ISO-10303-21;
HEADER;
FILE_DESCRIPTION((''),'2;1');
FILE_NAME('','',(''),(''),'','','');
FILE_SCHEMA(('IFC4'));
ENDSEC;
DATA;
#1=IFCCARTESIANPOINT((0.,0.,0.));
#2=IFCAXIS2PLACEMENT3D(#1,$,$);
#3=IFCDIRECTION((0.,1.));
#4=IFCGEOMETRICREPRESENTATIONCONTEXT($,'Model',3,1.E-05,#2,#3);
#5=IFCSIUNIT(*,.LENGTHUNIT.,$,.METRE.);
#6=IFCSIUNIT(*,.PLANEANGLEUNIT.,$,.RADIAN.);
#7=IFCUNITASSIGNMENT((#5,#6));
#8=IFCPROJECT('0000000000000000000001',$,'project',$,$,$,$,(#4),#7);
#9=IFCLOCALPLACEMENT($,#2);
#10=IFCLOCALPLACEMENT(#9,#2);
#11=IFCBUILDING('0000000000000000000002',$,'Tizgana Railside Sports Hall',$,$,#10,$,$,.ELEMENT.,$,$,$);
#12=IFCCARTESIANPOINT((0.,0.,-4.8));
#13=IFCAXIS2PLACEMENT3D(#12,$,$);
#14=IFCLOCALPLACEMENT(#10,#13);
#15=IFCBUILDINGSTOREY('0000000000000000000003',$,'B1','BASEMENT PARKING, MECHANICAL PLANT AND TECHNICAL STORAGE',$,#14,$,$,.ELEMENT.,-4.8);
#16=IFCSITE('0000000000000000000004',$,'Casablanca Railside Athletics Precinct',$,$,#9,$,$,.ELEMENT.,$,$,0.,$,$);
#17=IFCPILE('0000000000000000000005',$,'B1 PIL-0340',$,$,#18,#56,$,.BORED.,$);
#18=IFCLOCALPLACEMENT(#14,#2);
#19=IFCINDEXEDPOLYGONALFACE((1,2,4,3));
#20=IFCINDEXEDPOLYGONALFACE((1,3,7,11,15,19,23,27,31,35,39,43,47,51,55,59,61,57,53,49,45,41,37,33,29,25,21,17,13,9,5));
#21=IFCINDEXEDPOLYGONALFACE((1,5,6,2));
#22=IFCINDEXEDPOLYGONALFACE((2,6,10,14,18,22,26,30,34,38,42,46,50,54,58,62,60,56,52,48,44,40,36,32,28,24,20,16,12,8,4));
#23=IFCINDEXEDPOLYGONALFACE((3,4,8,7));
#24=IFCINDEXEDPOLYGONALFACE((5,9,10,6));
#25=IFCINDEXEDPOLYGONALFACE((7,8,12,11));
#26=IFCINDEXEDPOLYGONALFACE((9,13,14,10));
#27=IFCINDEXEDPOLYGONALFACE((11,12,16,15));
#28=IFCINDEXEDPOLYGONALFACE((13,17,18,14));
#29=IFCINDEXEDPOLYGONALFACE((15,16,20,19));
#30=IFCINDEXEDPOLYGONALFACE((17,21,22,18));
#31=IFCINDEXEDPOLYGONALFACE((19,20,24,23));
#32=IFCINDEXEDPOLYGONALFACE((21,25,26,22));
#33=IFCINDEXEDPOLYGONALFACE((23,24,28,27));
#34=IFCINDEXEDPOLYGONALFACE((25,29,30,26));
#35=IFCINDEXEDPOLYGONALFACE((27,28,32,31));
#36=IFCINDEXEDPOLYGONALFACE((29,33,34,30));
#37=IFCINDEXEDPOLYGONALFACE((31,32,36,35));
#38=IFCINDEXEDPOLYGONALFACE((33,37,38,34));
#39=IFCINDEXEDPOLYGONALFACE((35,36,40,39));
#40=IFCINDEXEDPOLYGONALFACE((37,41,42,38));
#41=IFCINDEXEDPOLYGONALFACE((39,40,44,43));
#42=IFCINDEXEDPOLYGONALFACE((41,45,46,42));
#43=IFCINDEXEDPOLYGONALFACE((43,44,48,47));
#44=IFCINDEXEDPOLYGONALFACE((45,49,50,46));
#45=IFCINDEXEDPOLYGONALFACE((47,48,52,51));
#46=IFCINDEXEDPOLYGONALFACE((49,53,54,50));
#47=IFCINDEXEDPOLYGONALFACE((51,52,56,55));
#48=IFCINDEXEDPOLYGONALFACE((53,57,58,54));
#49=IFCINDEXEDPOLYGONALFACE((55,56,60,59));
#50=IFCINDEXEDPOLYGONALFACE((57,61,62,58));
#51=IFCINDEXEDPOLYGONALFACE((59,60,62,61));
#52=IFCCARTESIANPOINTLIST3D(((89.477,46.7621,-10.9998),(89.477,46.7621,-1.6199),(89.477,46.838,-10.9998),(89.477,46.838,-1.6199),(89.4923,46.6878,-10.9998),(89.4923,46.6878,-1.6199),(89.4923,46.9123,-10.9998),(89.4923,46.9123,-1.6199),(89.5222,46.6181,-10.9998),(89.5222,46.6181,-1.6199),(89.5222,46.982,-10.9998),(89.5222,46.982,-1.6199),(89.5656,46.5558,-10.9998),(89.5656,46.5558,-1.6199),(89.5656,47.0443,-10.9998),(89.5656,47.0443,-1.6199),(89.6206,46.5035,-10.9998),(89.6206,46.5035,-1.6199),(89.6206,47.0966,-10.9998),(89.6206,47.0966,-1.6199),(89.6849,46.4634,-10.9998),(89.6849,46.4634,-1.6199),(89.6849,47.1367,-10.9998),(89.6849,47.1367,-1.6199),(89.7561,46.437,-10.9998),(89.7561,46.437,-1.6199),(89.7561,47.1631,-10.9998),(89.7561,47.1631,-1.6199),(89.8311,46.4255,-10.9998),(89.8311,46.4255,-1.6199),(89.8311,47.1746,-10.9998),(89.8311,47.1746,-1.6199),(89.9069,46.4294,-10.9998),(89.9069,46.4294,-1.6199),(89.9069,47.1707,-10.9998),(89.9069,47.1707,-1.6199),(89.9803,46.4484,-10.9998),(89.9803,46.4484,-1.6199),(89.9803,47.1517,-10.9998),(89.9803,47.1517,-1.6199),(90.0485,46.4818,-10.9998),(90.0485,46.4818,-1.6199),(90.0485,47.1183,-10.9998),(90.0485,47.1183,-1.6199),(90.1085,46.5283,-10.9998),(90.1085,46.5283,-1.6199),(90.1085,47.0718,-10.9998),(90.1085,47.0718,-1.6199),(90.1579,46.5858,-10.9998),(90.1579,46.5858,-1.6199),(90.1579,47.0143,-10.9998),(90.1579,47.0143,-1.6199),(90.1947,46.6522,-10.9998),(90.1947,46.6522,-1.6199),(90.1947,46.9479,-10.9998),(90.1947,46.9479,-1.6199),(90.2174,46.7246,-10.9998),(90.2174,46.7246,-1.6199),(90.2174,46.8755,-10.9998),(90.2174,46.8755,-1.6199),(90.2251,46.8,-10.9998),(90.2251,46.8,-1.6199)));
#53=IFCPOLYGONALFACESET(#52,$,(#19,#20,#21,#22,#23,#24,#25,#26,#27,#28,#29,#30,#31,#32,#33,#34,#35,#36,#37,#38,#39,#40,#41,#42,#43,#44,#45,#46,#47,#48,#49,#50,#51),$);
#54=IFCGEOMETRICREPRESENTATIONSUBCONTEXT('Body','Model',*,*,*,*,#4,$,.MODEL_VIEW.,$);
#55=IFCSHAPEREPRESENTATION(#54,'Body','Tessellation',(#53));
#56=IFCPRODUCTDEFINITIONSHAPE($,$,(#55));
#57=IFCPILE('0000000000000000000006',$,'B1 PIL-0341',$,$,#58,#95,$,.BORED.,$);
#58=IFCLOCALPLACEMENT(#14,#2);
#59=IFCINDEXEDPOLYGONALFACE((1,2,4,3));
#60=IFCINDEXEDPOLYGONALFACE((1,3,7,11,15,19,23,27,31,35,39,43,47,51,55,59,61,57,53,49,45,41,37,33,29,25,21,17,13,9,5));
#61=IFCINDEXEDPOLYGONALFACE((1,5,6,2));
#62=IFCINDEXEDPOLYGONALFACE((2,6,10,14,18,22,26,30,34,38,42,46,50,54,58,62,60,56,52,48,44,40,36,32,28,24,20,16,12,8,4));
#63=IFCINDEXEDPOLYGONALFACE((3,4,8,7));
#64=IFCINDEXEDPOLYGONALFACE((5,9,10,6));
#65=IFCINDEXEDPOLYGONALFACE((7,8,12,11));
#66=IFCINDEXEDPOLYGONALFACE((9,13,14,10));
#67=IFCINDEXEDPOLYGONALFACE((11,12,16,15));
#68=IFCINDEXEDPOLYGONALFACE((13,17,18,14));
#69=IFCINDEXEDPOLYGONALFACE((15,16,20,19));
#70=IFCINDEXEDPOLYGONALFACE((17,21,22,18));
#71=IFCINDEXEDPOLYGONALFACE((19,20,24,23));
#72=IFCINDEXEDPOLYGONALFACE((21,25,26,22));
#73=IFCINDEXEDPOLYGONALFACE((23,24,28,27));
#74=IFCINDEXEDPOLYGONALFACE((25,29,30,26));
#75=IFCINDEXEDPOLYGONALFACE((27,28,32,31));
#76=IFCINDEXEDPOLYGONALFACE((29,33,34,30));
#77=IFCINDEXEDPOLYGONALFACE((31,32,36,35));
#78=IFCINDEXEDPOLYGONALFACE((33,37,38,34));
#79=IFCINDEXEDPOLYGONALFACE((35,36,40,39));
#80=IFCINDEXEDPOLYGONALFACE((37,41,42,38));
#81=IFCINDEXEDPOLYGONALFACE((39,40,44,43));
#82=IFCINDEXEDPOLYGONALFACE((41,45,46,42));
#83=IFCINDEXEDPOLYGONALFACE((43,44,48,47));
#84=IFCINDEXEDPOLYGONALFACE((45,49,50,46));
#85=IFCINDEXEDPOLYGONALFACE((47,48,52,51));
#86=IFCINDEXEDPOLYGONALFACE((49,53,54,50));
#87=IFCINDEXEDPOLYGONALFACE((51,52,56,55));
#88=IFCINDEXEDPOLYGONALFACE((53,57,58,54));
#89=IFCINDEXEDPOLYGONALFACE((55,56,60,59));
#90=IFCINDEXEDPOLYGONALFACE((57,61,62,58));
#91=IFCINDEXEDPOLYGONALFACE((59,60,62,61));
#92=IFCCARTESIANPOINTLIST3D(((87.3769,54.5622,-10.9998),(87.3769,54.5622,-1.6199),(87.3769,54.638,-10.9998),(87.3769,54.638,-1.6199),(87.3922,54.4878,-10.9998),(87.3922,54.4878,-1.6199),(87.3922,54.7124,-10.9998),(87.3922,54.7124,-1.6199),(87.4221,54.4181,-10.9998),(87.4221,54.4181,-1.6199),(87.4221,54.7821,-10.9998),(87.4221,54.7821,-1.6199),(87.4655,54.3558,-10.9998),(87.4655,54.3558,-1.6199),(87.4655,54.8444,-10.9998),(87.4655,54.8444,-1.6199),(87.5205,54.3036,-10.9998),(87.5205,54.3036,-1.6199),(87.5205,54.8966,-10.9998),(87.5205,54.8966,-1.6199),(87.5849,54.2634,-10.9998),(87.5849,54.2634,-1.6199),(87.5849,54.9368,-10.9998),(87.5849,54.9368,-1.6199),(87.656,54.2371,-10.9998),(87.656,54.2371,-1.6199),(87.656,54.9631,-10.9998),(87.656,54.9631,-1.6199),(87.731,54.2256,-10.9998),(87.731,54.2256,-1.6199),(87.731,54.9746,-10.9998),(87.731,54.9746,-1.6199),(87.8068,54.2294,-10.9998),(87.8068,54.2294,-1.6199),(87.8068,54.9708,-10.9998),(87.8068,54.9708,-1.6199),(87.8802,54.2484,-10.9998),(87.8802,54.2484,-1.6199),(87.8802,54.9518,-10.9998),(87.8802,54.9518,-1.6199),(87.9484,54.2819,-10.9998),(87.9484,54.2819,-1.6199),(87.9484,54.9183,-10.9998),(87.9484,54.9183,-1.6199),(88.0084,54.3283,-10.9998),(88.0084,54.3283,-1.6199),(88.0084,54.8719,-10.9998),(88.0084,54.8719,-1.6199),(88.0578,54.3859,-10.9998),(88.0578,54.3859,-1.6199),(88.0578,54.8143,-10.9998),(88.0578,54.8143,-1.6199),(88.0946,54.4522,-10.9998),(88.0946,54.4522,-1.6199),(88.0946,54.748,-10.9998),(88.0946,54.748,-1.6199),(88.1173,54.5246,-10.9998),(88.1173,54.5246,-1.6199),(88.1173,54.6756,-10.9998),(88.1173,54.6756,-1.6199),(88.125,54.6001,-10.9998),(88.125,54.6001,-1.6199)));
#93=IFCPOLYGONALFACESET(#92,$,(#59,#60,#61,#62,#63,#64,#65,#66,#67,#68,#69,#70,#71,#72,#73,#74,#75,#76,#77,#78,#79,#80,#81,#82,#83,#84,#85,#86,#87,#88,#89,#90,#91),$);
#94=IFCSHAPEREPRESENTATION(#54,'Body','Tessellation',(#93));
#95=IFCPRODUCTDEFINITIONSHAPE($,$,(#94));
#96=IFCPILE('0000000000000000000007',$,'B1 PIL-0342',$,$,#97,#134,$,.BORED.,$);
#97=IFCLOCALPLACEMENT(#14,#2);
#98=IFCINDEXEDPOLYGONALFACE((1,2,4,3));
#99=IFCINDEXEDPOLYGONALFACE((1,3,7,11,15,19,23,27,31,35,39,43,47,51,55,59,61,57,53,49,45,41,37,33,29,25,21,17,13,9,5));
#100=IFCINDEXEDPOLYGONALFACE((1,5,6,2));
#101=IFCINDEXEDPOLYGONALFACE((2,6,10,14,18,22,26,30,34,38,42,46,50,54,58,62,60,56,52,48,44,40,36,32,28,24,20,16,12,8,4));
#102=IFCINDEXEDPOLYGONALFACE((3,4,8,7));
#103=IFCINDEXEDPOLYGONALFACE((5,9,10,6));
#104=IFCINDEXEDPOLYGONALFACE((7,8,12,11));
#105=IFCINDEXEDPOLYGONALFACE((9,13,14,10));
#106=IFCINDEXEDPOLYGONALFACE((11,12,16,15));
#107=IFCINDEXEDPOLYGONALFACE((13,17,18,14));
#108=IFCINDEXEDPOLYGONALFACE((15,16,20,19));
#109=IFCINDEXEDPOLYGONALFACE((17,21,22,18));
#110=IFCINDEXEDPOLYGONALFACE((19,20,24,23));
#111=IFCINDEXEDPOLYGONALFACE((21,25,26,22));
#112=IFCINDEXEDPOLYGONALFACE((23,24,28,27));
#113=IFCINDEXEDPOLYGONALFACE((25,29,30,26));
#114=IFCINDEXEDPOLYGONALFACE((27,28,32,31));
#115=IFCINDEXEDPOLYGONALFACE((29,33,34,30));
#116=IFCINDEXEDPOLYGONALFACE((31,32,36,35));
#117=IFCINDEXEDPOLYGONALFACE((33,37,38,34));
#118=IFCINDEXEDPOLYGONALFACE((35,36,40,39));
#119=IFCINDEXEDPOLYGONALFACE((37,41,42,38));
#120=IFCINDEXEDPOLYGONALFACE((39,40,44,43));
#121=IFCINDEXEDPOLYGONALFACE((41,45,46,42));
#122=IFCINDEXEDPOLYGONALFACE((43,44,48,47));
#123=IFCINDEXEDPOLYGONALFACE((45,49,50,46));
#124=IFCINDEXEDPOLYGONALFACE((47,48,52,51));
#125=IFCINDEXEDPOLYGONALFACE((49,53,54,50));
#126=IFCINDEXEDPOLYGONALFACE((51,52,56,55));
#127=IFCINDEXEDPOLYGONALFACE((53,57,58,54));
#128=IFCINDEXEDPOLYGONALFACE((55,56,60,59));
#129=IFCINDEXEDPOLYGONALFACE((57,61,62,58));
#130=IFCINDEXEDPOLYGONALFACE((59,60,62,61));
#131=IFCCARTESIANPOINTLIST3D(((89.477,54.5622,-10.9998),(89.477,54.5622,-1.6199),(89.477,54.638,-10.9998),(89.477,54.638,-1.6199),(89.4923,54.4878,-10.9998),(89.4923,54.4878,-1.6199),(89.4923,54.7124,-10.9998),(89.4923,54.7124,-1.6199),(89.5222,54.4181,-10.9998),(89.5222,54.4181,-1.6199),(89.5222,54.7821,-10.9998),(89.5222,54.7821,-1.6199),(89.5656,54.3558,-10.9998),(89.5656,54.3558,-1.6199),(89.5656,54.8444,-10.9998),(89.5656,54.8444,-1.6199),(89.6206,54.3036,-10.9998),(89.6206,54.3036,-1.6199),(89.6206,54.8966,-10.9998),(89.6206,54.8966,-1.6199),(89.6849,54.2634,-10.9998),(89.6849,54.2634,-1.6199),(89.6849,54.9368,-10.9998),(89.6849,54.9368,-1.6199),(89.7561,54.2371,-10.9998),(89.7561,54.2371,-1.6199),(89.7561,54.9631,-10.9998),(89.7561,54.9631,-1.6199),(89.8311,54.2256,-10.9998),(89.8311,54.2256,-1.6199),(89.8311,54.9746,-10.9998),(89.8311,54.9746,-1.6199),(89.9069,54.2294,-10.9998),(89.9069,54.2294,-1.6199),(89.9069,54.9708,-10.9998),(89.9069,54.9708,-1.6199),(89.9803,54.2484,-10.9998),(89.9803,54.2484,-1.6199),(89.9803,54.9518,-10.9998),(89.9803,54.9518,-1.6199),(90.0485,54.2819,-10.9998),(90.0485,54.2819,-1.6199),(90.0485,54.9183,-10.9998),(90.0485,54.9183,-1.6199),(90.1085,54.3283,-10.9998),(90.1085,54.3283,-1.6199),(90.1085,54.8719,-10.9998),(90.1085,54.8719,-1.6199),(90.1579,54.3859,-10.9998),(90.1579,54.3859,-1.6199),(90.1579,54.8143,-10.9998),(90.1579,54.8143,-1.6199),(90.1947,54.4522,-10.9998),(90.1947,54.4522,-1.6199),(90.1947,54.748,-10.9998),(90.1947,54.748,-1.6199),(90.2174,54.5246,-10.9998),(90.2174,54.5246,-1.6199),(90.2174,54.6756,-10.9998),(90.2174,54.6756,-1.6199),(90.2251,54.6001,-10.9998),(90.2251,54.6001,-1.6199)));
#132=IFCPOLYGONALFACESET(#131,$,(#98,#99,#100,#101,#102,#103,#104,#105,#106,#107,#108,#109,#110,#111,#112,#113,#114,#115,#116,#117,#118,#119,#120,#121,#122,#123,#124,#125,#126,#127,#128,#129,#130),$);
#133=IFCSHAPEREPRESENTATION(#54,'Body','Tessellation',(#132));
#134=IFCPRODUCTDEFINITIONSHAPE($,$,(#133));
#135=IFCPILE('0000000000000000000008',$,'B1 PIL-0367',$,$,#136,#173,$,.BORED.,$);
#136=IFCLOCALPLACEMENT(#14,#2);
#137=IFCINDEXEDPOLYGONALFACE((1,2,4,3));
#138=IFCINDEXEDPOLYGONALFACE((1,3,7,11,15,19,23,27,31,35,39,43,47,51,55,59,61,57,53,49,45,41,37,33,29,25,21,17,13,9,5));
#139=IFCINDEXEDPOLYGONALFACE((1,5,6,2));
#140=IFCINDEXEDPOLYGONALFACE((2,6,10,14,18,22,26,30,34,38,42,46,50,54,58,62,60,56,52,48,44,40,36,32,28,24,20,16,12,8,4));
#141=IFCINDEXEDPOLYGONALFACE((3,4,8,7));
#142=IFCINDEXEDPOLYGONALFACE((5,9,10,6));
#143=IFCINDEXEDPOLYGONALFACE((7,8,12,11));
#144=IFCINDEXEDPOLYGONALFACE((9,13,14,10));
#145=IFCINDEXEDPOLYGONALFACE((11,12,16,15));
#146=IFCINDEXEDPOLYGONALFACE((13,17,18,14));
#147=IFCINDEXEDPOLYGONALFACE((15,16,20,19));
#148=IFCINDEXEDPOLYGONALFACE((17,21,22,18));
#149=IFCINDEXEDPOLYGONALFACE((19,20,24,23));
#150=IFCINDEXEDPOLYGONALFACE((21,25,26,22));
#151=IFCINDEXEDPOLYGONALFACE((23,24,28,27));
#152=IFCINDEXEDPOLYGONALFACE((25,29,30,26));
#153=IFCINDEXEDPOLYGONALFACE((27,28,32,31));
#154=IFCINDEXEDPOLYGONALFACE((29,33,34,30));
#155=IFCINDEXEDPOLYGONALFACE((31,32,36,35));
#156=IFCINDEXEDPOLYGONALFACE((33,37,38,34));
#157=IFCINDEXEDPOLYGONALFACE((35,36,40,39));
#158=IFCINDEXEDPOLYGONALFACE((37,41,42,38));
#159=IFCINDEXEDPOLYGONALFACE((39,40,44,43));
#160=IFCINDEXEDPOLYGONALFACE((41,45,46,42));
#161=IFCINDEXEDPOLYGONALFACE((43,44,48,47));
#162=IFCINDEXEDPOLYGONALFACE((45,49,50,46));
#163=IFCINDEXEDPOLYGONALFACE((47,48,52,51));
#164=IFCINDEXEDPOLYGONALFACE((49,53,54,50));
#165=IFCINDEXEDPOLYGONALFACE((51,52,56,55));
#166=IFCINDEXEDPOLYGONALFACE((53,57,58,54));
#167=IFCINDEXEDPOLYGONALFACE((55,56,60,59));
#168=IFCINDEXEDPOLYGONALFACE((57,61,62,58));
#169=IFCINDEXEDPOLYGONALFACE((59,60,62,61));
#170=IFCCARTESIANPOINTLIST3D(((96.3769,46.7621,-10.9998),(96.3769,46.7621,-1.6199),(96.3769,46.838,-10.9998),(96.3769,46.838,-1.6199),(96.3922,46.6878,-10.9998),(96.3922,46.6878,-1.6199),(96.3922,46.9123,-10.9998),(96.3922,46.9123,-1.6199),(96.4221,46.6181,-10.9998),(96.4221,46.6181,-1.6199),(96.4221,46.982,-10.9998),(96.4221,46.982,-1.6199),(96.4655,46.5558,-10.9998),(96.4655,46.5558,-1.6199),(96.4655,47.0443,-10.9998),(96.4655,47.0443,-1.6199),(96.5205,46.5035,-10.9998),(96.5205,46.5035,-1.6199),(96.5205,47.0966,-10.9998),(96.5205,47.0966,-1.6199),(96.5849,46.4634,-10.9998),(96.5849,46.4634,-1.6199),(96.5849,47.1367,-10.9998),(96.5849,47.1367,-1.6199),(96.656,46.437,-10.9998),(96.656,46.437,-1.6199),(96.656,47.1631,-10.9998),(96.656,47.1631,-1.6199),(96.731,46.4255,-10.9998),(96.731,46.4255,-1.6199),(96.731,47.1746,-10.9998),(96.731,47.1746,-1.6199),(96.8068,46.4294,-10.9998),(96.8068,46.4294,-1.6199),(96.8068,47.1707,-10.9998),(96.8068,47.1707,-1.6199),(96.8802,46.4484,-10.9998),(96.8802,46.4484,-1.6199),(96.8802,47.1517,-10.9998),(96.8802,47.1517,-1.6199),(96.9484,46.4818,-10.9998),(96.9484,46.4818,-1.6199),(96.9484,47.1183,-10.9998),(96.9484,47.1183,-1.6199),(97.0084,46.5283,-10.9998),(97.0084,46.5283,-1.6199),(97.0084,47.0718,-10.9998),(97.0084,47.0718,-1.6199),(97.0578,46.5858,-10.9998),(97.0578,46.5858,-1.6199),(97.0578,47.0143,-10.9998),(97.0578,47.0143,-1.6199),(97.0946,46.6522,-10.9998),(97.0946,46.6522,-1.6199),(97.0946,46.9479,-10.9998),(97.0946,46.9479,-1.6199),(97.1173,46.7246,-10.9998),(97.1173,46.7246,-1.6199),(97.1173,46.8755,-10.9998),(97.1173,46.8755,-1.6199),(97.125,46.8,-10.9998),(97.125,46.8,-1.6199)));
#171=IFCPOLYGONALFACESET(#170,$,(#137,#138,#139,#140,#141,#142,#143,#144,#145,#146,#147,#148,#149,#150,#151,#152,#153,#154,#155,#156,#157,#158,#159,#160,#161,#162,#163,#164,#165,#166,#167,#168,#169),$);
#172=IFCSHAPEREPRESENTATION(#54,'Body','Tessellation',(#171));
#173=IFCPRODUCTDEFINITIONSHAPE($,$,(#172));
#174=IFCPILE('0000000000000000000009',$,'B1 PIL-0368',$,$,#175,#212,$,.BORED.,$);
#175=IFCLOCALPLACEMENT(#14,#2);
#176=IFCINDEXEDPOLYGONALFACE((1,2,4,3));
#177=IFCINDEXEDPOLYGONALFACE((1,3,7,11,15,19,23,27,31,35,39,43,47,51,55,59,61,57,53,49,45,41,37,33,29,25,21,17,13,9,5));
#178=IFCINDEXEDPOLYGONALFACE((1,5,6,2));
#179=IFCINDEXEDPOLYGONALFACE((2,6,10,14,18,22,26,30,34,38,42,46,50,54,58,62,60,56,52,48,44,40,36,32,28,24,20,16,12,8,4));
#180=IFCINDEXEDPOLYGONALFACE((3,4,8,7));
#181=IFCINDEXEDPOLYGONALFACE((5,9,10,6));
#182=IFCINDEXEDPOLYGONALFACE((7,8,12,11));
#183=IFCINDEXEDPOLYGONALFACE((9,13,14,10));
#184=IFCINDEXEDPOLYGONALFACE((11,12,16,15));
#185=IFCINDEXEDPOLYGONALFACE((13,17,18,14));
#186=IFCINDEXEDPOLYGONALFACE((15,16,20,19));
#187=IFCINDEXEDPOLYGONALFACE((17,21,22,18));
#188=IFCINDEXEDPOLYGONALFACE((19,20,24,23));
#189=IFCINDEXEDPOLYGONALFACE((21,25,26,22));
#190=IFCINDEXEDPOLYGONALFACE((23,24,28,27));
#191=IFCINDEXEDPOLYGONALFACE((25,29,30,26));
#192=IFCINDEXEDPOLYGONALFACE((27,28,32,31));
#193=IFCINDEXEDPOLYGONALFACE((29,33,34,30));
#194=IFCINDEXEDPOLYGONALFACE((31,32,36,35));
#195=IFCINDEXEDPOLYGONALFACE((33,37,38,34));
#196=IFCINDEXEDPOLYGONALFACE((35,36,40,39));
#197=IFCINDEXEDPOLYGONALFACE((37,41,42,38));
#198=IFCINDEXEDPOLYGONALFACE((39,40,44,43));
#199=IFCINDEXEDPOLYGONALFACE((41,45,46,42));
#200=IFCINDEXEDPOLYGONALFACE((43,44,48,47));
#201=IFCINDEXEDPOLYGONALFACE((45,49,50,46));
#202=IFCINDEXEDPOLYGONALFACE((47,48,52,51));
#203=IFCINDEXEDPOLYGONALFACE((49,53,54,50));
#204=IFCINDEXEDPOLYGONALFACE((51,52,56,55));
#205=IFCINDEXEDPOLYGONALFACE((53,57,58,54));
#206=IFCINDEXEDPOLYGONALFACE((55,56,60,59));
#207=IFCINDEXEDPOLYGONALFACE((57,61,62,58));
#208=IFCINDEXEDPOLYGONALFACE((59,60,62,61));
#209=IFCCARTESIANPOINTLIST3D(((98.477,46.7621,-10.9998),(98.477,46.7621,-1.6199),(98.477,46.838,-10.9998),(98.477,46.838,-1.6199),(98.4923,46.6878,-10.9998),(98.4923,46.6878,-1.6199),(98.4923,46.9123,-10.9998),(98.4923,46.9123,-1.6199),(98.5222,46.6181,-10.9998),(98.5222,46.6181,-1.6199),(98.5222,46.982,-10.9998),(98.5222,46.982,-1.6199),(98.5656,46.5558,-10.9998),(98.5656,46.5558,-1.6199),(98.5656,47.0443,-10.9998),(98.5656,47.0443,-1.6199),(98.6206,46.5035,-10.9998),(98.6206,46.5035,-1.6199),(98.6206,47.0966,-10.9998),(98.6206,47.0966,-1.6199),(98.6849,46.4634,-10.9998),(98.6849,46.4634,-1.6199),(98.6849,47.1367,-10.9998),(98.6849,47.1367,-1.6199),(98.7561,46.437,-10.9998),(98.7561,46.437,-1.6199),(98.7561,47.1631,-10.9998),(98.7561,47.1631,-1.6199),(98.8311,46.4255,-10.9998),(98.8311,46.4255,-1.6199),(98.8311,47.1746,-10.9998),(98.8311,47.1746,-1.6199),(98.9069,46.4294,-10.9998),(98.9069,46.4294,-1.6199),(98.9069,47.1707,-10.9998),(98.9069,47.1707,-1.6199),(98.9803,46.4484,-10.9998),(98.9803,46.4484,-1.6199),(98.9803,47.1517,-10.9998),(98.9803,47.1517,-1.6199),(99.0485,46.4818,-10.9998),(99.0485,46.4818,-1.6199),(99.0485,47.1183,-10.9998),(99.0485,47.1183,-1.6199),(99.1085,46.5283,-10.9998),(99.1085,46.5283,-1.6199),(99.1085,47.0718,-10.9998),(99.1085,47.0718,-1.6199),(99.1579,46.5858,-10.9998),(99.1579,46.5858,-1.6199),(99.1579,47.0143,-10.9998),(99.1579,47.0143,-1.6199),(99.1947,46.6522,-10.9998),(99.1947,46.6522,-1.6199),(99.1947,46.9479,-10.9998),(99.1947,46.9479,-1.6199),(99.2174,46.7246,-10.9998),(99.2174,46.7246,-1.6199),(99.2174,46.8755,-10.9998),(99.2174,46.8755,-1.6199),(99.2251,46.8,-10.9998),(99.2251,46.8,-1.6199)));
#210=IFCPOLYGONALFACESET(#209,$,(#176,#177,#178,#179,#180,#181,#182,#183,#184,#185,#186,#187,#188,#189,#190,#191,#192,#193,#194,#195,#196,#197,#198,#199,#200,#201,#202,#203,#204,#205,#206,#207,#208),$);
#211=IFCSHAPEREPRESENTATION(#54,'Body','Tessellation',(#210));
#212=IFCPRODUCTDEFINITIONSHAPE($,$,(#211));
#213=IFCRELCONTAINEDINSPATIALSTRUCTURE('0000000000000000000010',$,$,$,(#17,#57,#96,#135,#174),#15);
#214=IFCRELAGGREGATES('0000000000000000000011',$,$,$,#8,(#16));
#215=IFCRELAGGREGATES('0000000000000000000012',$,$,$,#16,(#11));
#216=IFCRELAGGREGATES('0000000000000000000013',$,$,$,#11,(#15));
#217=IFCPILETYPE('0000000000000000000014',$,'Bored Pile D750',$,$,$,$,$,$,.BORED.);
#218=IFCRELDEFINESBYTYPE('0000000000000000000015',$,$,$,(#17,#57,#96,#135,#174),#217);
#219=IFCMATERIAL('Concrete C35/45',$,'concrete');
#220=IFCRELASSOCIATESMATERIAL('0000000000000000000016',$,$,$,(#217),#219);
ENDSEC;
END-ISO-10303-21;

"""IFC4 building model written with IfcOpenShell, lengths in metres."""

from ifc_helpers import new_model, si_unit, direction, frame, origin, origin_2d, place, context, subcontext, project, spatial, circle, extrude, material, material_profile, profile_set, type_object, element, save


model = new_model("IFC4")

# Units and contexts
model_context = context("Model", 3, precision=1e-05, world=origin(), true_north=direction((0.0, 1.0)))
body_context = subcontext(model_context, "Body", "Model", "MODEL_VIEW")
ifc_project = project(units=[si_unit("LENGTHUNIT", "METRE"), si_unit("PLANEANGLEUNIT", "RADIAN")], contexts=[model_context])

# Site, building, storey
site_placement = place(None, origin())
site = spatial("IfcSite", under=ifc_project, at=site_placement, Name="Casablanca Railside Athletics Precinct", CompositionType="ELEMENT", RefElevation=0.0)
building_placement = place(site_placement, origin())
building = spatial("IfcBuilding", under=site, at=building_placement, Name="Tizgana Railside Sports Hall", CompositionType="ELEMENT")
storey_placement = place(building_placement, frame((0.0, 0.0, -4.8)))
storey = spatial("IfcBuildingStorey", under=building, at=storey_placement, Name="B1", Description="BASEMENT PARKING, MECHANICAL PLANT AND TECHNICAL STORAGE", CompositionType="ELEMENT", Elevation=-4.8)

# Piles
ifc_material_1 = material(Name="Concrete C35/45", Category="concrete")
ifc_material_profile_1 = material_profile(ifc_material_1, circle(Radius=0.375, at=origin_2d()), Name="PILE D750")
ifc_profile_set_1 = profile_set([ifc_material_profile_1], Name="Concrete C35/45")
pile_type = type_object("IfcPileType", Name="Bored Pile D750", PredefinedType="BORED", material=ifc_profile_set_1)
for number, where, z_axis, x_axis, name in (
    (1, (89.8501, 46.8, -1.6199), (0.0, 0.0, -1.0), (1.0, 0.0, 0.0), "B1 PIL-0340"),
    (2, (87.75, 54.6001, -1.6199), (0.0, 0.0, -1.0), (1.0, 0.0, 0.0), "B1 PIL-0341"),
    (3, (89.8501, 54.6001, -1.6199), (0.0, 0.0, -1.0), (1.0, 0.0, 0.0), "B1 PIL-0342"),
    (4, (96.75, 46.8, -1.6199), (0.0, 0.0, -1.0), (1.0, 0.0, 0.0), "B1 PIL-0367"),
    (5, (98.8501, 46.8, -1.6199), (0.0, 0.0, -1.0), (1.0, 0.0, 0.0), "B1 PIL-0368"),
):
    element("IfcPile", number, at=place(storey_placement, frame(where, z_axis=z_axis, x_axis=x_axis)), inside=storey, type_object=pile_type, Name=name, PredefinedType="BORED", context=body_context, shape_type="SweptSolid", body=[
        extrude(circle(Radius=0.375, at=origin_2d()), origin(), (0.0, 0.0, 1.0), 9.3799),
    ])

save(model, "model.ifc")
